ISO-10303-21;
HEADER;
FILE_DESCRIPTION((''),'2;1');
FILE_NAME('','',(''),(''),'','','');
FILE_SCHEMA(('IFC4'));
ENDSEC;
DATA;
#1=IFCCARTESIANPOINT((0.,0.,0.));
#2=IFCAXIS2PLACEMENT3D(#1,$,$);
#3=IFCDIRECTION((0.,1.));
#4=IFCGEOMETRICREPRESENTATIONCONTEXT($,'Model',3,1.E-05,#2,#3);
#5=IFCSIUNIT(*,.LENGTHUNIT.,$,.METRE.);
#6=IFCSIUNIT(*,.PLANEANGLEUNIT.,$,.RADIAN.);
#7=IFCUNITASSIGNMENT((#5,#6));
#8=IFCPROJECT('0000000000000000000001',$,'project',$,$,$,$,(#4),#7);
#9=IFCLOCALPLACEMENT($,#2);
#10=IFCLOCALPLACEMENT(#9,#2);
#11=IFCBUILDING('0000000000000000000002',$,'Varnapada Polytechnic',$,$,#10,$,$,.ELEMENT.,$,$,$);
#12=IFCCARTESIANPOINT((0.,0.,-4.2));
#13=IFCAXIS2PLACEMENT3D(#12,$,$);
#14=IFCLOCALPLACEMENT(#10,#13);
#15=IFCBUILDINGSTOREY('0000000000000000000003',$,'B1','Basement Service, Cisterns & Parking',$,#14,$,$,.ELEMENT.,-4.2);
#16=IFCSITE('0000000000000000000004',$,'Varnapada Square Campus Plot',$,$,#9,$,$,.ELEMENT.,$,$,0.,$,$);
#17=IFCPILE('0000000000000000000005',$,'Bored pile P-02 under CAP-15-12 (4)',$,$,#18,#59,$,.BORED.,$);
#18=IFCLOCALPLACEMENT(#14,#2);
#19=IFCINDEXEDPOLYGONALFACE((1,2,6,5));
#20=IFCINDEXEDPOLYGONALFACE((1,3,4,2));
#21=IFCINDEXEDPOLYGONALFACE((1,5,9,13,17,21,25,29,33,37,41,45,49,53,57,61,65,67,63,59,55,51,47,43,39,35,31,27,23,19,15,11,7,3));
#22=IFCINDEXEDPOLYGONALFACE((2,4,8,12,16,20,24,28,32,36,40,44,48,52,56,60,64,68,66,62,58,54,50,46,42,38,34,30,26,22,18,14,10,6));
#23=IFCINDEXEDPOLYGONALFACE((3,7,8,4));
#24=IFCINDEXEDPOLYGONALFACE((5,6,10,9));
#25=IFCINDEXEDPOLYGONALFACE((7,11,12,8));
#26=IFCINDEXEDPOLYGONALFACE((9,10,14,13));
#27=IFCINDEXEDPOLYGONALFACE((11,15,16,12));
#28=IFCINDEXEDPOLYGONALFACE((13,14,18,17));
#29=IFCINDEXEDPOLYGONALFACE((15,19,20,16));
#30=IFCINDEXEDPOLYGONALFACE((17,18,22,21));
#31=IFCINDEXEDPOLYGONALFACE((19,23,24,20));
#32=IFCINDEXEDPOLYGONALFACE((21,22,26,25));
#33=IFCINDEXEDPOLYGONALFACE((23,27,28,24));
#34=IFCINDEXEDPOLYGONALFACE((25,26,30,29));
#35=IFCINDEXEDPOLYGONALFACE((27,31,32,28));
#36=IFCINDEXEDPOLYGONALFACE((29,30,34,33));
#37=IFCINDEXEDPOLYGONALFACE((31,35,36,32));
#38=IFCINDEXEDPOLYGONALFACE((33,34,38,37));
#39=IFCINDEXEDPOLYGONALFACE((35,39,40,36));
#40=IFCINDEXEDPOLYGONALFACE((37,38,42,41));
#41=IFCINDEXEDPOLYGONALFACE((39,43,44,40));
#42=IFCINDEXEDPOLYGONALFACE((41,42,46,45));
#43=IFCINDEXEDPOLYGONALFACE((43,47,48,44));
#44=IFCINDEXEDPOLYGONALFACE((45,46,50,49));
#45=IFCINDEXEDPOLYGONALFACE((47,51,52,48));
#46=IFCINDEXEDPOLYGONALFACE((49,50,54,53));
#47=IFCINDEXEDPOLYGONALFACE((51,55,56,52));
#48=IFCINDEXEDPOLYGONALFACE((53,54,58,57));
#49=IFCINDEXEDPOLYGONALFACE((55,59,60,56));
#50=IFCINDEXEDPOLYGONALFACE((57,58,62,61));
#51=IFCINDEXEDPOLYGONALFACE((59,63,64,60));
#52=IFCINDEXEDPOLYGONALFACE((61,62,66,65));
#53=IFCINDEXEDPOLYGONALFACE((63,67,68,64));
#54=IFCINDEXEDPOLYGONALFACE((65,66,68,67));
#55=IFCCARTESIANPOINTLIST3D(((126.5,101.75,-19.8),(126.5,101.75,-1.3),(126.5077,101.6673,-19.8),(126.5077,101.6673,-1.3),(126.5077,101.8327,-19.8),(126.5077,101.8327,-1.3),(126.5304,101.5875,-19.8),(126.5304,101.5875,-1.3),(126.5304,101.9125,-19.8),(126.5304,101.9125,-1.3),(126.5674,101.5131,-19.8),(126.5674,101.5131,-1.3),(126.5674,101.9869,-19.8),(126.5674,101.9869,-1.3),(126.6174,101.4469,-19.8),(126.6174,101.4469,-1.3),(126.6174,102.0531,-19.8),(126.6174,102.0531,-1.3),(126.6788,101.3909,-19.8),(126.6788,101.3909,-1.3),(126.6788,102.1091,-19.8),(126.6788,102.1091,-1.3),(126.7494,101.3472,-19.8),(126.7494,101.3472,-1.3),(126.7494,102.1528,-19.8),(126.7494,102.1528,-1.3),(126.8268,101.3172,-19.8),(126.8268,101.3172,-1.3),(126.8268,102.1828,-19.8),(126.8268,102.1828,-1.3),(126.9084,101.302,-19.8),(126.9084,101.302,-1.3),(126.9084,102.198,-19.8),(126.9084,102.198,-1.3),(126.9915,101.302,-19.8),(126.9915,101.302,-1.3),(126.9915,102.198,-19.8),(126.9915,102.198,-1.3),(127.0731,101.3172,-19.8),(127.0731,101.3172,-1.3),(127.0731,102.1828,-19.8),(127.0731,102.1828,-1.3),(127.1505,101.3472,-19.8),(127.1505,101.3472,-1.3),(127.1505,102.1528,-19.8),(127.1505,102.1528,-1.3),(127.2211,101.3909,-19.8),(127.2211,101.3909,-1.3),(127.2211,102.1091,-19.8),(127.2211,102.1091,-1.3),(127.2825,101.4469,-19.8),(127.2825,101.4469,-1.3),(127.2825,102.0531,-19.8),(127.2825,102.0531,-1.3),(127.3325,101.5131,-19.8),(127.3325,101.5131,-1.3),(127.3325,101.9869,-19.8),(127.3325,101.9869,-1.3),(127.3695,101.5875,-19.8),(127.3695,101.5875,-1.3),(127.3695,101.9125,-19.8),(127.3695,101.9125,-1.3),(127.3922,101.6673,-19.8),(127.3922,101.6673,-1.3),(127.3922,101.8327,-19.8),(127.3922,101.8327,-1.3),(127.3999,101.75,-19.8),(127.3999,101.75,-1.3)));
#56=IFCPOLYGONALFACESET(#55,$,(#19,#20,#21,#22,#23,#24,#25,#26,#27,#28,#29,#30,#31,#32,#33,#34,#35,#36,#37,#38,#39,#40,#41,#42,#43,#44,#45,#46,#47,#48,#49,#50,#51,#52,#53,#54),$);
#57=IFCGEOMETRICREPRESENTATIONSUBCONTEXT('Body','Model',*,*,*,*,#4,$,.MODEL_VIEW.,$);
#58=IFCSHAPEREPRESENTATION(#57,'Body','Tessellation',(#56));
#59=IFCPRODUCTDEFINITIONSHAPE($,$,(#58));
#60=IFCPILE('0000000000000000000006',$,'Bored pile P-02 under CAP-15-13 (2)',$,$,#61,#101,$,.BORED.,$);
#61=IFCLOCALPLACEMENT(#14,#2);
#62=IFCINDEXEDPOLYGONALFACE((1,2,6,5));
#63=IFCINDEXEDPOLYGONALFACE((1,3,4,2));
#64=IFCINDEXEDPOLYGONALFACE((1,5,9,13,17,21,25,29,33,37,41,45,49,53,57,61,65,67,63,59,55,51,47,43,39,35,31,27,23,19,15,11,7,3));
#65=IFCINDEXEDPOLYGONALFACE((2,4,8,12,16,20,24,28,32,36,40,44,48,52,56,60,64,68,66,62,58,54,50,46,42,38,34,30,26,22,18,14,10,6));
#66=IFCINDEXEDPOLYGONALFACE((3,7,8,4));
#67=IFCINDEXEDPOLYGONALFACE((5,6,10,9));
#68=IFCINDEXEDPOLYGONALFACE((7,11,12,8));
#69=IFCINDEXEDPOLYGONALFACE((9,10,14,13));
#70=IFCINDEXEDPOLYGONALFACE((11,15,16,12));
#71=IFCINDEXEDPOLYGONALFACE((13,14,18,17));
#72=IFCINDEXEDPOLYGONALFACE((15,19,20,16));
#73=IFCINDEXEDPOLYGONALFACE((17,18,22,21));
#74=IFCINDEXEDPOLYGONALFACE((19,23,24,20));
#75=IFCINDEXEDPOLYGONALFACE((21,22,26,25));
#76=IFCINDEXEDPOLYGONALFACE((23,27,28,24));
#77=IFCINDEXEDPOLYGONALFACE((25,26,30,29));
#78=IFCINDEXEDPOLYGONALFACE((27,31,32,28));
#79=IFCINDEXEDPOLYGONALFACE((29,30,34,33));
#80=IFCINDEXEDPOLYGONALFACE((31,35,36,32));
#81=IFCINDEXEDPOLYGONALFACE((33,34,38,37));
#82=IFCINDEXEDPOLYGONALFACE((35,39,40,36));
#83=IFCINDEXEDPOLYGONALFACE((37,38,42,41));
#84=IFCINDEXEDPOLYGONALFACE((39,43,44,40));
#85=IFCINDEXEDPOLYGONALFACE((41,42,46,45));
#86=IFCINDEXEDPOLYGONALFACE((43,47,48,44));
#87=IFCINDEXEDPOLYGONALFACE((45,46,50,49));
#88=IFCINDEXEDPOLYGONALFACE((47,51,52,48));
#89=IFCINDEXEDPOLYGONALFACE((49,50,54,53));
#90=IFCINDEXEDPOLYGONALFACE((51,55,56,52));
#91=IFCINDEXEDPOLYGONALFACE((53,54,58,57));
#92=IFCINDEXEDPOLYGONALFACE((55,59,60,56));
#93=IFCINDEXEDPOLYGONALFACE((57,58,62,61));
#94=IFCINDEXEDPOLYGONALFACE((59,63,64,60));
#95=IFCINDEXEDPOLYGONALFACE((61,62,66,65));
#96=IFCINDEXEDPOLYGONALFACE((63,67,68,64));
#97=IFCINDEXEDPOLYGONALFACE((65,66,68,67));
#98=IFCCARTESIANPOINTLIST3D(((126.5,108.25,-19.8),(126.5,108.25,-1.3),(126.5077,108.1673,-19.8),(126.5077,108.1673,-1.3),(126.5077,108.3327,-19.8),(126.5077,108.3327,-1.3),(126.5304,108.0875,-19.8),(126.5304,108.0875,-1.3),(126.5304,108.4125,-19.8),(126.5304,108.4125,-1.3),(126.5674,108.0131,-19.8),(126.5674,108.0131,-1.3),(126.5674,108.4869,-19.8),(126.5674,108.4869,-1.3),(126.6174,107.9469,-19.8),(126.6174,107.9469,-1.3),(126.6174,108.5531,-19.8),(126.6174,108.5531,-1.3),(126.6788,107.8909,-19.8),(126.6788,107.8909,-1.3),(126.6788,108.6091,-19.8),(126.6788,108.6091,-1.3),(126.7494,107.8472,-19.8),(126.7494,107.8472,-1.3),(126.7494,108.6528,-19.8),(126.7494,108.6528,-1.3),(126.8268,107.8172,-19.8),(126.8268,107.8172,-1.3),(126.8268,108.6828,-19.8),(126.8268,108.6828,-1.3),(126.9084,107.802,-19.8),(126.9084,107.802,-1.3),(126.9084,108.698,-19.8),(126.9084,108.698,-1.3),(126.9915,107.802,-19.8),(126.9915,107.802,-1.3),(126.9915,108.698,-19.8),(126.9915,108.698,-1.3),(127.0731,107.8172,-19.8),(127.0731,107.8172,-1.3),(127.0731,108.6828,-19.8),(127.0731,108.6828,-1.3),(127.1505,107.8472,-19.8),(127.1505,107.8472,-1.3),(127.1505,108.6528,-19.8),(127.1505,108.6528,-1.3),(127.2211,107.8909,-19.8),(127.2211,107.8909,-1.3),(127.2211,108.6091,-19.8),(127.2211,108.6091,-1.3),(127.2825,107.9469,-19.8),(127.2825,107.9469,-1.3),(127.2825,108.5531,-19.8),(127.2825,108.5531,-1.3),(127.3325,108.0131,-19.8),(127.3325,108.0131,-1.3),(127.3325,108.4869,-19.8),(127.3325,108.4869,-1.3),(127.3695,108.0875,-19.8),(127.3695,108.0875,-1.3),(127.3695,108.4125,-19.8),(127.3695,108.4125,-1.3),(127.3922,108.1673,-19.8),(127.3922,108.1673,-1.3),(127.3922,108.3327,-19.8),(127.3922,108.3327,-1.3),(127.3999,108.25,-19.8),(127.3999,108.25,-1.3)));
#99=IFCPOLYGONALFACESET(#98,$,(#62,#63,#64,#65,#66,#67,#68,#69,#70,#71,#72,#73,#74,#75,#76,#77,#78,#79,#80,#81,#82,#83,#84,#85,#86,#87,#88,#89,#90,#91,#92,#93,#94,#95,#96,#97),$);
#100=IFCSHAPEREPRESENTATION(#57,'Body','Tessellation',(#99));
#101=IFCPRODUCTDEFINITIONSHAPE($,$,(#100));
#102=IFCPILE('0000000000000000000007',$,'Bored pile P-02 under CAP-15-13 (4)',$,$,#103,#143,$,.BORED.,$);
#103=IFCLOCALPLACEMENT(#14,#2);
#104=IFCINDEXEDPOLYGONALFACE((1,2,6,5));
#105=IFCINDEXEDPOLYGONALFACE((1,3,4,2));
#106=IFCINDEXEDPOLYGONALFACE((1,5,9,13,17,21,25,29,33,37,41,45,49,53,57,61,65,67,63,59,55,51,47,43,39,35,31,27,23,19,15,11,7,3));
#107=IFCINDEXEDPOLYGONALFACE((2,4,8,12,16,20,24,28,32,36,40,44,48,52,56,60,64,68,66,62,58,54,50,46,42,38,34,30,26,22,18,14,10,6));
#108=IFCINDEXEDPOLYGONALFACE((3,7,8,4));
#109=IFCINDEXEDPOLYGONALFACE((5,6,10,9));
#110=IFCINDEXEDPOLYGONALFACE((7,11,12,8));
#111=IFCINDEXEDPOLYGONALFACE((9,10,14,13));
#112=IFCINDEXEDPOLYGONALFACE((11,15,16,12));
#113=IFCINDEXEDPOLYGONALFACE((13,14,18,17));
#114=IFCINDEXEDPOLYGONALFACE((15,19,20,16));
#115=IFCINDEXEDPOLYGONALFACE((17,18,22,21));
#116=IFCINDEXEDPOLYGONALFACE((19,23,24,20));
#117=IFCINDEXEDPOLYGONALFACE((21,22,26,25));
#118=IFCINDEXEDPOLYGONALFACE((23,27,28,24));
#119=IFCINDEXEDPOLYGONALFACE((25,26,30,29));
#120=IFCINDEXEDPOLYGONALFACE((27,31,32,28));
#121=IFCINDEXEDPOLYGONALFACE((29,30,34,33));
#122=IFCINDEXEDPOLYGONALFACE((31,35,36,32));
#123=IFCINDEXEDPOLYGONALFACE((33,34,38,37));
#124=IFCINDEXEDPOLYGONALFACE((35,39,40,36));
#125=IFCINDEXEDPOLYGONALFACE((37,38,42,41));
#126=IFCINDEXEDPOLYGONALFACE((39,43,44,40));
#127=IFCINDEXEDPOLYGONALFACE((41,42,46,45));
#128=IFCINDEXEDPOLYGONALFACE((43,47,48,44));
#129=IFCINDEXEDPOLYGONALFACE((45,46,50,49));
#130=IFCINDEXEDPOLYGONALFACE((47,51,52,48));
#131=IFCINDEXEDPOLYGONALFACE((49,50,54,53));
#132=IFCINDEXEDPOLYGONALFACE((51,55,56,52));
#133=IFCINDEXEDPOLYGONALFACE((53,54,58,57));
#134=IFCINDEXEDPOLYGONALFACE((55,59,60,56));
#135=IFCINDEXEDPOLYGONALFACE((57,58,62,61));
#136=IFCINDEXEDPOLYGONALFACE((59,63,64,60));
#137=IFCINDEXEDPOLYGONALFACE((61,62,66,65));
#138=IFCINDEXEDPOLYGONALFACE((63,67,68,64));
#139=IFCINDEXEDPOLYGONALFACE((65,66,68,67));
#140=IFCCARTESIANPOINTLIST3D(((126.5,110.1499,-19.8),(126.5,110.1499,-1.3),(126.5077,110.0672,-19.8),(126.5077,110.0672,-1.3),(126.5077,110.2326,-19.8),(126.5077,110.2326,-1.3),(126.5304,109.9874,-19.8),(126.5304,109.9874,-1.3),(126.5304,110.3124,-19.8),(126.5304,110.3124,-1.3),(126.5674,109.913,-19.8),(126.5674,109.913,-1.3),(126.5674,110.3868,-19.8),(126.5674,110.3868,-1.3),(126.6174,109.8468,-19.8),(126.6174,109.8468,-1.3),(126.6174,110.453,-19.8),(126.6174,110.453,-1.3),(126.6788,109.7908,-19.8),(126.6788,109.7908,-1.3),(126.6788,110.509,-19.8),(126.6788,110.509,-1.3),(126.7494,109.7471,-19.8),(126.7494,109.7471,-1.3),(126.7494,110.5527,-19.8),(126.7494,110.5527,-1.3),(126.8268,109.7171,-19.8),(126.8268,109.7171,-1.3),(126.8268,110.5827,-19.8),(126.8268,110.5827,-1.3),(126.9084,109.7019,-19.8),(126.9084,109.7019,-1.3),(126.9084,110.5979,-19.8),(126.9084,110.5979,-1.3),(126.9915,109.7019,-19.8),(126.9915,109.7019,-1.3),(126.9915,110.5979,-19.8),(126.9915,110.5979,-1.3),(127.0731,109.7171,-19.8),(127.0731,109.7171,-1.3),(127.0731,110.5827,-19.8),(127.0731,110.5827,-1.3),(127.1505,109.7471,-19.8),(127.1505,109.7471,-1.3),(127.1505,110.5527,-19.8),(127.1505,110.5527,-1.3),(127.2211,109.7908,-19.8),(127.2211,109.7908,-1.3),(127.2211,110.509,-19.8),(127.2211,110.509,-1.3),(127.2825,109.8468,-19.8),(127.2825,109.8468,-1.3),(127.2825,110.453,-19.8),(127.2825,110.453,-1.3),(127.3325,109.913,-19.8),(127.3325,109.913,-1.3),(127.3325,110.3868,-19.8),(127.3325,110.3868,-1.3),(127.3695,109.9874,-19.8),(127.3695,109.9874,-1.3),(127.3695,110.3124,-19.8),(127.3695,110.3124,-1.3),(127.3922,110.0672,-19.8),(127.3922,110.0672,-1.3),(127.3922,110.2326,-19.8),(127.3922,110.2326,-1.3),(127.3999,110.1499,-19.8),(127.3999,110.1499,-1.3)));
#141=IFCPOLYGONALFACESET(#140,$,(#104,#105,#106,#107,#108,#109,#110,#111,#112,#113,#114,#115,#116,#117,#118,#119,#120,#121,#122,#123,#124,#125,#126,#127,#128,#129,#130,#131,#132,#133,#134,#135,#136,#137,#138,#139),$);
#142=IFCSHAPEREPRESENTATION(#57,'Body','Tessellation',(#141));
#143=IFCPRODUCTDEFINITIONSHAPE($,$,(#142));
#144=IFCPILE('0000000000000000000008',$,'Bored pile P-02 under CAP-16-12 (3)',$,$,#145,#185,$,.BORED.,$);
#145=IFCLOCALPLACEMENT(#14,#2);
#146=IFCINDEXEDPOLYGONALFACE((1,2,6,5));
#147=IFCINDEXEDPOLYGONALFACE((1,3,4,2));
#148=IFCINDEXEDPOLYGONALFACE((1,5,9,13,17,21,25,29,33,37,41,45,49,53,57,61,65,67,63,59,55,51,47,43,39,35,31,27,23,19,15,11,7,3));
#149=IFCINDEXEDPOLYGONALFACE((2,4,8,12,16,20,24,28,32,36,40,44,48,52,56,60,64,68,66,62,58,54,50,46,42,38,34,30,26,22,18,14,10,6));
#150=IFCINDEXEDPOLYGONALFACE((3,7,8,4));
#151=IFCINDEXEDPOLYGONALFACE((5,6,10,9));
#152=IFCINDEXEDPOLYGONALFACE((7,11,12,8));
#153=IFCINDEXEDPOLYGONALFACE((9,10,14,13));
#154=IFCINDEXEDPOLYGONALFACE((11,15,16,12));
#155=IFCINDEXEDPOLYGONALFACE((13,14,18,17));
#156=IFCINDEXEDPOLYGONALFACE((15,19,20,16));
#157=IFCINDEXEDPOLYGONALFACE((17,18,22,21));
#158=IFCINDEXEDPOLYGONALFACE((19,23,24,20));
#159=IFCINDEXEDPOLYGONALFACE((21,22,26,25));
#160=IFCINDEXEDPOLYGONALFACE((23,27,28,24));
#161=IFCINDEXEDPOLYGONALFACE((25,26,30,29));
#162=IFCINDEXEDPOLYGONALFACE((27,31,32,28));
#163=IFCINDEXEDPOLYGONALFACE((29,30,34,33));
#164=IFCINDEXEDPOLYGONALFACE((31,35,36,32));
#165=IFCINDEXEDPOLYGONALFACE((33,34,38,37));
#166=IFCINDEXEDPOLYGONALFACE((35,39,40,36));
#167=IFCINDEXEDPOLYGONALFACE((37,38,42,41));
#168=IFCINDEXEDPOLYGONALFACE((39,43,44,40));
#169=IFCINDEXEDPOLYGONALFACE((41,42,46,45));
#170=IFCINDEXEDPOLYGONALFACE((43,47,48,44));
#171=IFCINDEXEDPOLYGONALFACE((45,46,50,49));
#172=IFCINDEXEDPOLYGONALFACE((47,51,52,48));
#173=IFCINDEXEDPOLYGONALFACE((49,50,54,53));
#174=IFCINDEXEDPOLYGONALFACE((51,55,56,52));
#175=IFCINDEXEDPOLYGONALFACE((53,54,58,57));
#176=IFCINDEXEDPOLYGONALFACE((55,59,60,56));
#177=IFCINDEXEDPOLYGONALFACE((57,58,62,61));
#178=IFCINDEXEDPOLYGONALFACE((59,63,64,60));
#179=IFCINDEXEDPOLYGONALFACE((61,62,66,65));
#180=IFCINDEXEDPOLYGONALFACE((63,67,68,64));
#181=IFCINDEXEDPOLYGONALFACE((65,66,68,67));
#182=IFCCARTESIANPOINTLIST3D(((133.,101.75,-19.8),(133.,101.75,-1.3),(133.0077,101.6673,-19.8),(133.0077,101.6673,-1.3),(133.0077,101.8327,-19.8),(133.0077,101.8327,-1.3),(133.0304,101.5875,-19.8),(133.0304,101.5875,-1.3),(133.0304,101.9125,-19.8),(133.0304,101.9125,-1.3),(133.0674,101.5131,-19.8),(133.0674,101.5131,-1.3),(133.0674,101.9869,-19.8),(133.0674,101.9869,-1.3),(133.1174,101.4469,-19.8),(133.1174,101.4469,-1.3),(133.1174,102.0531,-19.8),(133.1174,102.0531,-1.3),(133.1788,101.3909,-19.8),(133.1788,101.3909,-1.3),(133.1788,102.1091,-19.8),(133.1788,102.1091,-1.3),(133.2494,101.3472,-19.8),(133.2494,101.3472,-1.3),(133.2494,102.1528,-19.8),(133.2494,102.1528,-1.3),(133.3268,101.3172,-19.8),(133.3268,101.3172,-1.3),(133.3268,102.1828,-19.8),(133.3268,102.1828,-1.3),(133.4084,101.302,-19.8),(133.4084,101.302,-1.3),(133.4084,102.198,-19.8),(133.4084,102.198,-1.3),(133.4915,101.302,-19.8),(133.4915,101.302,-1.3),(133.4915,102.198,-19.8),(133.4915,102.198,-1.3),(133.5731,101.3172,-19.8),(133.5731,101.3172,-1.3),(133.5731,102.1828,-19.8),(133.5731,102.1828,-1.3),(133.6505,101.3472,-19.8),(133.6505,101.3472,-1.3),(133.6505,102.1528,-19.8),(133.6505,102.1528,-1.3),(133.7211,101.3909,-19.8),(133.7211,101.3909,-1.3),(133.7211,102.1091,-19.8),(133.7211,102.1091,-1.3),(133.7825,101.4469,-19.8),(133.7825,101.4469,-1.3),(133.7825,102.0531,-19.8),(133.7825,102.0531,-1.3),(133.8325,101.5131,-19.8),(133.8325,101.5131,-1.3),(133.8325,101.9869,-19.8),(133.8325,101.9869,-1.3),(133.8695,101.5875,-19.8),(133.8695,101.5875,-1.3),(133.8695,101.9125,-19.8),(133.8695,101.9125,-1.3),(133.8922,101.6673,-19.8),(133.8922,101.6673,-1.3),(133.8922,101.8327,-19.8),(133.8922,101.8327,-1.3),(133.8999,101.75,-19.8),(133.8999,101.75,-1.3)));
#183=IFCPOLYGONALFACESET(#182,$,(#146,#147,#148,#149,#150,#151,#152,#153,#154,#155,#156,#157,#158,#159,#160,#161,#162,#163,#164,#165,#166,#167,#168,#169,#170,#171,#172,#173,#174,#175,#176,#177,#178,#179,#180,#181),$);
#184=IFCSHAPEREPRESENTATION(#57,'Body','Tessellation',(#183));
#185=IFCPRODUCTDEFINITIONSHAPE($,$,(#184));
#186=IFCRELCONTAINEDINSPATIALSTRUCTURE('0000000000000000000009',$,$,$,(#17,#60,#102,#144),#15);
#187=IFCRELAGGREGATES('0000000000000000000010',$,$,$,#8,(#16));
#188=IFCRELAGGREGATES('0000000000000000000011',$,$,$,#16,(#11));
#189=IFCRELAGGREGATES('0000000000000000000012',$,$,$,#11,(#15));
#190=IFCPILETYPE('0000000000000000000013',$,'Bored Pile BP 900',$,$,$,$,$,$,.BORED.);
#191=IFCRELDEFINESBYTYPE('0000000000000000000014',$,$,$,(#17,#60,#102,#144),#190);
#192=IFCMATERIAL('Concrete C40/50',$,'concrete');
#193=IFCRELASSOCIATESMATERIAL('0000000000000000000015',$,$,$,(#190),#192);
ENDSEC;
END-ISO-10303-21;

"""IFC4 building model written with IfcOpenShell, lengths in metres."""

from ifc_helpers import new_model, si_unit, direction, frame, origin, origin_2d, place, context, subcontext, project, spatial, circle, extrude, material, material_profile, profile_set, type_object, element, save


model = new_model("IFC4")

# Units and contexts
model_context = context("Model", 3, precision=1e-05, world=origin(), true_north=direction((0.0, 1.0)))
body_context = subcontext(model_context, "Body", "Model", "MODEL_VIEW")
ifc_project = project(units=[si_unit("LENGTHUNIT", "METRE"), si_unit("PLANEANGLEUNIT", "RADIAN")], contexts=[model_context])

# Site, building, storey
site_placement = place(None, origin())
site = spatial("IfcSite", under=ifc_project, at=site_placement, Name="Varnapada Square Campus Plot", CompositionType="ELEMENT", RefElevation=0.0)
building_placement = place(site_placement, origin())
building = spatial("IfcBuilding", under=site, at=building_placement, Name="Varnapada Polytechnic", CompositionType="ELEMENT")
storey_placement = place(building_placement, frame((0.0, 0.0, -4.2)))
storey = spatial("IfcBuildingStorey", under=building, at=storey_placement, Name="B1", Description="Basement Service, Cisterns & Parking", CompositionType="ELEMENT", Elevation=-4.2)

# Piles
ifc_material_1 = material(Name="Concrete C40/50", Category="concrete")
ifc_material_profile_1 = material_profile(ifc_material_1, circle(Radius=0.45, at=origin_2d()), Name="BP 900")
ifc_profile_set_1 = profile_set([ifc_material_profile_1], Name="Concrete C40/50")
pile_type = type_object("IfcPileType", Name="Bored Pile BP 900", PredefinedType="BORED", material=ifc_profile_set_1)
for number, where, z_axis, x_axis, name in (
    (1, (126.95, 101.75, -1.3), (0.0, 0.0, -1.0), (1.0, 0.0, 0.0), "Bored pile P-02 under CAP-15-12 (4)"),
    (2, (126.95, 108.25, -1.3), (0.0, 0.0, -1.0), (1.0, 0.0, 0.0), "Bored pile P-02 under CAP-15-13 (2)"),
    (3, (126.95, 110.1499, -1.3), (0.0, 0.0, -1.0), (1.0, 0.0, 0.0), "Bored pile P-02 under CAP-15-13 (4)"),
    (4, (133.45, 101.75, -1.3), (0.0, 0.0, -1.0), (1.0, 0.0, 0.0), "Bored pile P-02 under CAP-16-12 (3)"),
):
    element("IfcPile", number, at=place(storey_placement, frame(where, z_axis=z_axis, x_axis=x_axis)), inside=storey, type_object=pile_type, Name=name, PredefinedType="BORED", context=body_context, shape_type="SweptSolid", body=[
        extrude(circle(Radius=0.45, at=origin_2d()), origin(), (0.0, 0.0, 1.0), 18.5),
    ])

save(model, "model.ifc")
